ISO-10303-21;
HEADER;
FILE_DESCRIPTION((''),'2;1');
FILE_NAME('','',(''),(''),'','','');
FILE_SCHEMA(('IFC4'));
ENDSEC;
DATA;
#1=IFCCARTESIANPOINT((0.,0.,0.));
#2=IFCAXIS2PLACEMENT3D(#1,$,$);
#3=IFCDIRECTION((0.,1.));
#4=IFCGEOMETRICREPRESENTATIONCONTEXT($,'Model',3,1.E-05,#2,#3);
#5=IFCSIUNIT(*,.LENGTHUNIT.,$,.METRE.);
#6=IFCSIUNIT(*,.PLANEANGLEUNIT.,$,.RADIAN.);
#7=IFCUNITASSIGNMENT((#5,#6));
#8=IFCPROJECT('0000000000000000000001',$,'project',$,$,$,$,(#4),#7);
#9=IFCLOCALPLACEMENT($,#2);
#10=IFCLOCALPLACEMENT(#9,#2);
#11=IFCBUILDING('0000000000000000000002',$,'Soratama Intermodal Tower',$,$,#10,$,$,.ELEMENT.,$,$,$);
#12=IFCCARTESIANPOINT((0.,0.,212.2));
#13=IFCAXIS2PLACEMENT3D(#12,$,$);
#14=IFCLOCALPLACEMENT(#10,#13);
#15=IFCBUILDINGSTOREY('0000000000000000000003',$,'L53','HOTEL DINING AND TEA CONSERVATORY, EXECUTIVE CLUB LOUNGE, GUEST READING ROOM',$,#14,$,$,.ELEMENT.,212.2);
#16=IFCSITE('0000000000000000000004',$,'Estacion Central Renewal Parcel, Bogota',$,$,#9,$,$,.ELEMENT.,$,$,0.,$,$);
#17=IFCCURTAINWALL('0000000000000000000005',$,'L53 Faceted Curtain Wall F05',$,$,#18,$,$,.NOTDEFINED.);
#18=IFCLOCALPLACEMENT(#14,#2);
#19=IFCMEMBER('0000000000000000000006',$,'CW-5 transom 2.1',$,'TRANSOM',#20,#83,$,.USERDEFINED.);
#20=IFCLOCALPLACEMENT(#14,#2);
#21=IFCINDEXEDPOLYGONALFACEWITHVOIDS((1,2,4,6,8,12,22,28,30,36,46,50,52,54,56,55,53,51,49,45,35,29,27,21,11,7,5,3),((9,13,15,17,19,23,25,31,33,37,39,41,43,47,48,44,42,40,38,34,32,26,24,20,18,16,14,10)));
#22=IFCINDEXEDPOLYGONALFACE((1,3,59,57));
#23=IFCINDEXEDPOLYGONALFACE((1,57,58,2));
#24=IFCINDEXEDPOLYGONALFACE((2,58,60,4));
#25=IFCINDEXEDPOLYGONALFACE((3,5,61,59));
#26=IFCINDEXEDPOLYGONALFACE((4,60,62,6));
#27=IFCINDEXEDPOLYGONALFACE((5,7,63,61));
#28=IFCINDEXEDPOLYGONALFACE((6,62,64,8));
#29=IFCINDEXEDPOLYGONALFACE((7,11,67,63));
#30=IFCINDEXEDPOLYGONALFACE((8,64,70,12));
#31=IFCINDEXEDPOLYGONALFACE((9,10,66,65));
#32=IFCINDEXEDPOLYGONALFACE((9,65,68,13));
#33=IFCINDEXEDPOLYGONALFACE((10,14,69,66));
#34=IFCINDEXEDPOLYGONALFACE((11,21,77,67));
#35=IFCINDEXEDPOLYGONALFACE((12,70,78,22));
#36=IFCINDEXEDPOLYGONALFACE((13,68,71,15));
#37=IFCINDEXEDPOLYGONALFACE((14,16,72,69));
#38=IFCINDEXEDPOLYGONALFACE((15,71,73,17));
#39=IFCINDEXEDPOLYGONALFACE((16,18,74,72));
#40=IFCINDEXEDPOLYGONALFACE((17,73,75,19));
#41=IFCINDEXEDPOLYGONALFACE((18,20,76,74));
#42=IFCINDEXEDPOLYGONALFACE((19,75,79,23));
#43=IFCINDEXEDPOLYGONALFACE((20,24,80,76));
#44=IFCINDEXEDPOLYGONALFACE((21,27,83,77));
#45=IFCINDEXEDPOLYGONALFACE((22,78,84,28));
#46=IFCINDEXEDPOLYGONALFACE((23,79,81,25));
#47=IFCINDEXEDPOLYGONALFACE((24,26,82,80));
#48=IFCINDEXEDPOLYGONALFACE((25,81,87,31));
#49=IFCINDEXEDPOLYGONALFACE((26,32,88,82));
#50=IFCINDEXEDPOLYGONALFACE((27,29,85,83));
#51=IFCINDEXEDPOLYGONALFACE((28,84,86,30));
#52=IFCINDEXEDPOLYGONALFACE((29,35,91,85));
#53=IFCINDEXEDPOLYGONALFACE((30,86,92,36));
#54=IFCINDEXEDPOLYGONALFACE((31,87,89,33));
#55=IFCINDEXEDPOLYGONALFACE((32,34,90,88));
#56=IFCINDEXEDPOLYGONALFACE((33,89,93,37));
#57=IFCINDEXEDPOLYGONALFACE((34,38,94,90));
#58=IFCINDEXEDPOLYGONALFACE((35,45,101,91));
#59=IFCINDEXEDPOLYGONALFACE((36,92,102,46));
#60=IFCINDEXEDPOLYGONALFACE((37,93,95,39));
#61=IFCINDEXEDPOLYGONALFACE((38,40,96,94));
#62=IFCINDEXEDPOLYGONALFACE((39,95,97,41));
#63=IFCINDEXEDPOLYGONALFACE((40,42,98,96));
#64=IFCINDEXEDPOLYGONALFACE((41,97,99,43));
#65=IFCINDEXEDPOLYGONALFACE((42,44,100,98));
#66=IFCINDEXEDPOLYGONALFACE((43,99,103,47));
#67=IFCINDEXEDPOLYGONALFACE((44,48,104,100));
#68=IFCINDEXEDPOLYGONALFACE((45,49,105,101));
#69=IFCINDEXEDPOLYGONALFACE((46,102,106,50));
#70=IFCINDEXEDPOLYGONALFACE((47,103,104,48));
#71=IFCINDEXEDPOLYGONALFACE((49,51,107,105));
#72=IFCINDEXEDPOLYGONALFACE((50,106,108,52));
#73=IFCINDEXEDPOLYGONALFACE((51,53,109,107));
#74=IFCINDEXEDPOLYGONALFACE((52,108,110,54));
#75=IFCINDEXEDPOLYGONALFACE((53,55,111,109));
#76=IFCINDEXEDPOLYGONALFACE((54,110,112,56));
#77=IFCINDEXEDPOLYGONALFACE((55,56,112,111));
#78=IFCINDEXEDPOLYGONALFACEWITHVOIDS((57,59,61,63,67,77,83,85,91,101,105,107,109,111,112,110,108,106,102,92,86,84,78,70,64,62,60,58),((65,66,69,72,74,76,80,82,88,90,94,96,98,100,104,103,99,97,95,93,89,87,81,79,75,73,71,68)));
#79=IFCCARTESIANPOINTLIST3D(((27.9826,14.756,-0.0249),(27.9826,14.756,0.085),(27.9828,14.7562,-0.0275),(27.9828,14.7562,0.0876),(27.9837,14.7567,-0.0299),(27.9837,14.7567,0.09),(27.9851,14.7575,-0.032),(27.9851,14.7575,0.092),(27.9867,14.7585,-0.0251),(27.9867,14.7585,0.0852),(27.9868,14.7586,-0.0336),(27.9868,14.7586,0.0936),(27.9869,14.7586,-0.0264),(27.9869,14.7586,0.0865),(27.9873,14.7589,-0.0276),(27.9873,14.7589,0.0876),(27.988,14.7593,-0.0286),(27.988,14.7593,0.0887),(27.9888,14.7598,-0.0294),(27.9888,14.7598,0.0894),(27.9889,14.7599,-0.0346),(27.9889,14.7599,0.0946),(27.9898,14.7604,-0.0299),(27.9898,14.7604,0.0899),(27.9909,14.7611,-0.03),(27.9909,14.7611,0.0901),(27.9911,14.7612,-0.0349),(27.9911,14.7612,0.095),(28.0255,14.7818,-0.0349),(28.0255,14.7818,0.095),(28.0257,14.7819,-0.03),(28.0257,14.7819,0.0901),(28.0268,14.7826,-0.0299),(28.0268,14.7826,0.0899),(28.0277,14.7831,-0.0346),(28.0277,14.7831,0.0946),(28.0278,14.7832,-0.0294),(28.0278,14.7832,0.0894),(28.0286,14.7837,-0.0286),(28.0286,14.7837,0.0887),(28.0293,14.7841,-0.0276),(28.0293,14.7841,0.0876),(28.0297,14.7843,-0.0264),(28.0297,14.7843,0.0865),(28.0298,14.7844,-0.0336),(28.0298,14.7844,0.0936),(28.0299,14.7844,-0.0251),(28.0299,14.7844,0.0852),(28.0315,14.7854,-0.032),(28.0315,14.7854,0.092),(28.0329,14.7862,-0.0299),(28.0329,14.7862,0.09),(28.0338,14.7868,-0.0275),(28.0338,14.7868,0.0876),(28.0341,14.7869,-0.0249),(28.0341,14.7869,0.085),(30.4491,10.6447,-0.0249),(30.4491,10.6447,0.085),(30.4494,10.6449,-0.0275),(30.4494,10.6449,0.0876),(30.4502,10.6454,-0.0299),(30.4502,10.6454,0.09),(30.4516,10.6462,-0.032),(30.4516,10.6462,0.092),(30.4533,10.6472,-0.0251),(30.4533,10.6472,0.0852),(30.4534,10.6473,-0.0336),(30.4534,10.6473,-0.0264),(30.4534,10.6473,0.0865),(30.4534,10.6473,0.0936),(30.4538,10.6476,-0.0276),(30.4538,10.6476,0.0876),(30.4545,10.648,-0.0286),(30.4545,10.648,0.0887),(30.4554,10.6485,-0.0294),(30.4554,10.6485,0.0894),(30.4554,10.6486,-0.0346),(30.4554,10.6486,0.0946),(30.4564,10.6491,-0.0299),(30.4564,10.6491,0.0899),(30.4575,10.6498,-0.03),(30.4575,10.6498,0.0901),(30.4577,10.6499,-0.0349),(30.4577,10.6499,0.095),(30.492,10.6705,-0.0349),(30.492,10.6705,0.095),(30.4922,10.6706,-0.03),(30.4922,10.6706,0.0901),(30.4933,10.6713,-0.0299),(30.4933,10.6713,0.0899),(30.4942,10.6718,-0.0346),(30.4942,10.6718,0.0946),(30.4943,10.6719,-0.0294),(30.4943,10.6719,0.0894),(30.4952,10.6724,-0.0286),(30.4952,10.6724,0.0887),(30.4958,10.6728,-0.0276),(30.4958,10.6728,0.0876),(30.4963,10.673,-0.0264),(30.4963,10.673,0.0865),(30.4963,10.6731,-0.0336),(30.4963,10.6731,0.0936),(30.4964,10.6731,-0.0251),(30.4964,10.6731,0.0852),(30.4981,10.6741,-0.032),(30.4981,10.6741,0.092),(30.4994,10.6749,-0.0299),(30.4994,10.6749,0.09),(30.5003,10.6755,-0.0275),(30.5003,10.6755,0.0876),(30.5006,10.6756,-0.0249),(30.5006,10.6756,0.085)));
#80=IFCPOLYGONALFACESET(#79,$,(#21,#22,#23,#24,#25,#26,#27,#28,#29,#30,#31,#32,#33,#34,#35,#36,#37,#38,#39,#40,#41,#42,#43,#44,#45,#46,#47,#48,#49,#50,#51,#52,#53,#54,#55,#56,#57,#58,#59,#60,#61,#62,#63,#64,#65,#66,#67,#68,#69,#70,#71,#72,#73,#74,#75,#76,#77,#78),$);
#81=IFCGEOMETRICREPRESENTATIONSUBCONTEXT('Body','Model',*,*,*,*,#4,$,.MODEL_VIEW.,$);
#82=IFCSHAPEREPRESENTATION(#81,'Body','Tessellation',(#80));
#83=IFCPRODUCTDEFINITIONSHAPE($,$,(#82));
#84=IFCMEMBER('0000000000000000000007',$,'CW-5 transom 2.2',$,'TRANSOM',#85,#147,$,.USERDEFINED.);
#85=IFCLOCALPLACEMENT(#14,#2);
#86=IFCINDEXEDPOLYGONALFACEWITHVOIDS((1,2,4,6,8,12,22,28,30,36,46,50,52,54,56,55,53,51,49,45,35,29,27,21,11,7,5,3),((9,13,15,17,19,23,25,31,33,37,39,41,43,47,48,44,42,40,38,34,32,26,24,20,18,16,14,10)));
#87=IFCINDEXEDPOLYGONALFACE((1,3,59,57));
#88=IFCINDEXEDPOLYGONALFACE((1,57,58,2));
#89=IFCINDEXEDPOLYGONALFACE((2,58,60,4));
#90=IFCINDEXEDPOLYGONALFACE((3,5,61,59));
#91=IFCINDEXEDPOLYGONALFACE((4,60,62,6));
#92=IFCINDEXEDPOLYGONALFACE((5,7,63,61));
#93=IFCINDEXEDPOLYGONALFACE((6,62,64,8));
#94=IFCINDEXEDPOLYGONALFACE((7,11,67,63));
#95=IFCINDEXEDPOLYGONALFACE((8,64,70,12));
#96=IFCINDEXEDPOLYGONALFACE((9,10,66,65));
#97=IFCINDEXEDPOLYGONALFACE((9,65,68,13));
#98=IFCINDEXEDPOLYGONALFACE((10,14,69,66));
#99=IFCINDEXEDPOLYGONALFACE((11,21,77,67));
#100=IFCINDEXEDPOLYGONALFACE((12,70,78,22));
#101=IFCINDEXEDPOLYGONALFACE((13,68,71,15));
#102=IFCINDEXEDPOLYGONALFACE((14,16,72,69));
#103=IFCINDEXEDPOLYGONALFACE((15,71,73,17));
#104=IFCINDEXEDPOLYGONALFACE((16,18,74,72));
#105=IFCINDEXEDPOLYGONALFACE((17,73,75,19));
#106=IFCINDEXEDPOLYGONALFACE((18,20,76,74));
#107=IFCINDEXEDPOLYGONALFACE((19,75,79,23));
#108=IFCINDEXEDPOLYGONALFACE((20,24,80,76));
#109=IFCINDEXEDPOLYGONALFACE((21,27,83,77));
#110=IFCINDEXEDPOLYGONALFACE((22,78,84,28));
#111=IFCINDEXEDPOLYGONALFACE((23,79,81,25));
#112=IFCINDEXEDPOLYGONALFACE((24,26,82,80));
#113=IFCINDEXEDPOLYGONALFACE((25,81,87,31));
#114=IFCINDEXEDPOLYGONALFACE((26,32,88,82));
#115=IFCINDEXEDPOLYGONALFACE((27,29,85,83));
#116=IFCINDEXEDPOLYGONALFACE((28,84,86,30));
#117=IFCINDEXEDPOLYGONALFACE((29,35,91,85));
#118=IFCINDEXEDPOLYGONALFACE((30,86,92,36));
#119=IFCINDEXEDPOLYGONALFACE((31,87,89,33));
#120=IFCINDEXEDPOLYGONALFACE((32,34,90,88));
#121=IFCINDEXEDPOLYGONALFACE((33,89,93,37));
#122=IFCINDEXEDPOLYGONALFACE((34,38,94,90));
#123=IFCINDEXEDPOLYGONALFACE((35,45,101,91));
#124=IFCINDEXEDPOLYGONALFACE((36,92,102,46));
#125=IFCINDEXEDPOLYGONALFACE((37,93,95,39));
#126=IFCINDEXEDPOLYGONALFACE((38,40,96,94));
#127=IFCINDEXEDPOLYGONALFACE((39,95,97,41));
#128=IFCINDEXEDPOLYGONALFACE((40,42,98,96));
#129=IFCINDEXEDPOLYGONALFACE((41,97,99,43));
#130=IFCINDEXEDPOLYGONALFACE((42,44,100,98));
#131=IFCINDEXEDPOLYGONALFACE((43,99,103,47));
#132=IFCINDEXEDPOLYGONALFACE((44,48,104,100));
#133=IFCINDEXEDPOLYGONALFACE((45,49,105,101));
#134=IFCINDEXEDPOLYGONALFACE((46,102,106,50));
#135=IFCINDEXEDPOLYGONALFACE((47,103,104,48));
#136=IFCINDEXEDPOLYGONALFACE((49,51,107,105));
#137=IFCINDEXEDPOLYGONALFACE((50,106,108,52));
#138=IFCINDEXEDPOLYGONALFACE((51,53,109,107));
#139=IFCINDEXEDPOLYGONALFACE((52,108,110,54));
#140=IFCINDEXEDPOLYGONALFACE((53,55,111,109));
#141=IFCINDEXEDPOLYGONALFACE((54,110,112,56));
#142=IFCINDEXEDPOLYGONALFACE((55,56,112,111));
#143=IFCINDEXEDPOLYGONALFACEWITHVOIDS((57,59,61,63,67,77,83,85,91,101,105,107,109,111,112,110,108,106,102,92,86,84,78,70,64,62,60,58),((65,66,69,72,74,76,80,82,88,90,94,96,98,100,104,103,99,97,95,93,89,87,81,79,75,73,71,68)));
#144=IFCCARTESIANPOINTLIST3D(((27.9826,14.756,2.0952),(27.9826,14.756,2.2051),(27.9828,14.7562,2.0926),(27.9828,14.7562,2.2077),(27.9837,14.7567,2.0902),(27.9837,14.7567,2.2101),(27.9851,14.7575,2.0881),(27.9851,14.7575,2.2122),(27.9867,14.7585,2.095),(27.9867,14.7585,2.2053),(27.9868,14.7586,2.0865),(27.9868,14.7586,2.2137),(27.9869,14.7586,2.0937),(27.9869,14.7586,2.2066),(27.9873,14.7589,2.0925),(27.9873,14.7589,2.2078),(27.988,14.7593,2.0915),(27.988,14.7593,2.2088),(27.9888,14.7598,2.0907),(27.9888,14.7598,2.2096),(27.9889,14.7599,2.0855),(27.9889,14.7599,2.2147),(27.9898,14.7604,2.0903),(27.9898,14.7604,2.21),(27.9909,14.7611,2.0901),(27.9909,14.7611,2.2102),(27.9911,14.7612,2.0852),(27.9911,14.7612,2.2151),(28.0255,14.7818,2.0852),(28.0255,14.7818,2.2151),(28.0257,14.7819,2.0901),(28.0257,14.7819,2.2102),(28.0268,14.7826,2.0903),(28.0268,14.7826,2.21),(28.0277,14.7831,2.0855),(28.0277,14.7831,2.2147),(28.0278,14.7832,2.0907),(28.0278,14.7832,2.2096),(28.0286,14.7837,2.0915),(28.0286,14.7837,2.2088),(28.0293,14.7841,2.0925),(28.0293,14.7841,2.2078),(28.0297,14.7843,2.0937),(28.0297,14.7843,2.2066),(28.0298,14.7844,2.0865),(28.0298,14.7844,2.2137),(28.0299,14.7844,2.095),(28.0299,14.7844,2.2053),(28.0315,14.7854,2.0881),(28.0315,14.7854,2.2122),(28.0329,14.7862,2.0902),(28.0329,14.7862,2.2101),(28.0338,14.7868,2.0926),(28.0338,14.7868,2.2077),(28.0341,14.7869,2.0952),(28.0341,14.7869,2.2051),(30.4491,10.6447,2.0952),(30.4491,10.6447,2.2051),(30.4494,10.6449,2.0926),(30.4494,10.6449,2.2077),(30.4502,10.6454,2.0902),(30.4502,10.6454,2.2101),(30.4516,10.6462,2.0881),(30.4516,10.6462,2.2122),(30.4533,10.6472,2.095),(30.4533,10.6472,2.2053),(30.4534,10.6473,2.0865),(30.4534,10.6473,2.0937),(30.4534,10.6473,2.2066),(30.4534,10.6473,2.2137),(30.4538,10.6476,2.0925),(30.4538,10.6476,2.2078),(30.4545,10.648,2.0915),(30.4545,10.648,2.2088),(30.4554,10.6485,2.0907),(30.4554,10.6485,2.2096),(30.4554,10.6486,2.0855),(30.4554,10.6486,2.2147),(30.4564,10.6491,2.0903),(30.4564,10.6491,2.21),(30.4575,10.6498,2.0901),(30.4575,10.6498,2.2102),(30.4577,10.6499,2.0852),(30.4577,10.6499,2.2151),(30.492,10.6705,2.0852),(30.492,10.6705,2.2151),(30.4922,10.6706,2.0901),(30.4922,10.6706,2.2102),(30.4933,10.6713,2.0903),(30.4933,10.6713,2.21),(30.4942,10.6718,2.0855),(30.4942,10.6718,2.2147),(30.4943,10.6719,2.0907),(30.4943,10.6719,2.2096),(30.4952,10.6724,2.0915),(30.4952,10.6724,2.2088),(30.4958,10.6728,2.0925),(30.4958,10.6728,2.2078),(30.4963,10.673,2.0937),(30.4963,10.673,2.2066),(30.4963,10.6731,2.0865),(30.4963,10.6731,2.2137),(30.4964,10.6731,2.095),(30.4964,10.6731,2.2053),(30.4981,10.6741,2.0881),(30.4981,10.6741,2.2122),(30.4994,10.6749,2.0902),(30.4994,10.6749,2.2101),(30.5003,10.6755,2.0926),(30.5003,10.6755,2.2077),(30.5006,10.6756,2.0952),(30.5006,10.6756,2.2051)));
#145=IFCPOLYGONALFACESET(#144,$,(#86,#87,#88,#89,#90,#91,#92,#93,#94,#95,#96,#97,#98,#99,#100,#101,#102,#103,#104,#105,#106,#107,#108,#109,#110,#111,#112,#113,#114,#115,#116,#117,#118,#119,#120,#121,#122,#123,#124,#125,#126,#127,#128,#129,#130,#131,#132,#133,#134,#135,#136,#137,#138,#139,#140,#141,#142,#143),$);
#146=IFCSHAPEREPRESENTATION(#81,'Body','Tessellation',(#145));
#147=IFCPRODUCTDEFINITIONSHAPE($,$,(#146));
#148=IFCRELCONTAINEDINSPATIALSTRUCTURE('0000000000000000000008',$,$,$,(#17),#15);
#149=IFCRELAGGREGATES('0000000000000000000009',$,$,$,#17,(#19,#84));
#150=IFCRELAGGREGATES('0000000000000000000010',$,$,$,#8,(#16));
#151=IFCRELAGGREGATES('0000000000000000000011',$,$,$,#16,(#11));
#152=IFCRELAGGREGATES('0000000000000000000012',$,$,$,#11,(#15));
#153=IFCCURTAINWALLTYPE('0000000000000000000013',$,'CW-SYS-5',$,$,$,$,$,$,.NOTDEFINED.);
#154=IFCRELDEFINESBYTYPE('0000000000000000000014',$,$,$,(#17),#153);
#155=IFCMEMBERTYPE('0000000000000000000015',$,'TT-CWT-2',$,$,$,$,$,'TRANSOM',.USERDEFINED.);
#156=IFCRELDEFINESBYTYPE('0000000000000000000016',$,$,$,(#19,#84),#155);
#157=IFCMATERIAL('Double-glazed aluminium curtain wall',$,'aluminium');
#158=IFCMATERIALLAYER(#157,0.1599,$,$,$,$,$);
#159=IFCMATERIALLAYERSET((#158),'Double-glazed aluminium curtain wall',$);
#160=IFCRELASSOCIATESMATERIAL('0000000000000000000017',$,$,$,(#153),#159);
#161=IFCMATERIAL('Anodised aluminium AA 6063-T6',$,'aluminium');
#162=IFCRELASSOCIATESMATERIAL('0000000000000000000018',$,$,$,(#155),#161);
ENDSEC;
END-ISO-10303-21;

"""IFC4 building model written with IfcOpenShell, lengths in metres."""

from ifc_helpers import new_model, si_unit, direction, frame, origin, origin_2d, place, context, subcontext, project, spatial, hollow_rectangle, extrude, material, layer, layer_set, material_profile, profile_set, type_object, element, aggregate, save


model = new_model("IFC4")

# Units and contexts
model_context = context("Model", 3, precision=1e-05, world=origin(), true_north=direction((0.0, 1.0)))
body_context = subcontext(model_context, "Body", "Model", "MODEL_VIEW")
ifc_project = project(units=[si_unit("LENGTHUNIT", "METRE"), si_unit("PLANEANGLEUNIT", "RADIAN")], contexts=[model_context])

# Site, building, storey
site_placement = place(None, origin())
site = spatial("IfcSite", under=ifc_project, at=site_placement, Name="Estacion Central Renewal Parcel, Bogota", CompositionType="ELEMENT", RefElevation=0.0)
building_placement = place(site_placement, origin())
building = spatial("IfcBuilding", under=site, at=building_placement, Name="Soratama Intermodal Tower", CompositionType="ELEMENT")
storey_placement = place(building_placement, frame((0.0, 0.0, 212.2)))
storey = spatial("IfcBuildingStorey", under=building, at=storey_placement, Name="L53", Description="HOTEL DINING AND TEA CONSERVATORY, EXECUTIVE CLUB LOUNGE, GUEST READING ROOM", CompositionType="ELEMENT", Elevation=212.2)

# Curtain wall, members
ifc_material_1 = material(Name="Double-glazed aluminium curtain wall", Category="aluminium")
ifc_layer_1 = layer(ifc_material_1, 0.1599)
ifc_layer_set_1 = layer_set([ifc_layer_1], Name="Double-glazed aluminium curtain wall")
curtain_wall_type = type_object("IfcCurtainWallType", Name="CW-SYS-5", PredefinedType="NOTDEFINED", material=ifc_layer_set_1)
curtain_wall_placement = place(storey_placement, origin())
curtain_wall = element("IfcCurtainWall", 1, at=curtain_wall_placement, inside=storey, type_object=curtain_wall_type, Name="L53 Faceted Curtain Wall F05", PredefinedType="NOTDEFINED")
ifc_material_2 = material(Name="Anodised aluminium AA 6063-T6", Category="aluminium")
ifc_material_profile_1 = material_profile(ifc_material_2, hollow_rectangle(XDim=0.0601, YDim=0.1299, WallThickness=0.0049, InnerFilletRadius=0.0049, OuterFilletRadius=0.01, at=origin_2d()), Name="CWT130X60X5")
ifc_profile_set_1 = profile_set([ifc_material_profile_1], Name="Anodised aluminium AA 6063-T6")
member_type_1 = type_object("IfcMemberType", Name="TT-CWT-2", ElementType="TRANSOM", PredefinedType="USERDEFINED", material=ifc_profile_set_1)
member_1_placement = place(storey_placement, frame((28.0083, 14.7715, 0.03), z_axis=(0.514458, -0.857515, 0.0), x_axis=(0.857515, 0.514458, 0.0)))
member_1 = element("IfcMember", 2, at=member_1_placement, type_object=member_type_1, Name="CW-5 transom 2.1", ObjectType="TRANSOM", PredefinedType="USERDEFINED", context=body_context, shape_type="SweptSolid", body=[
    extrude(hollow_rectangle(XDim=0.0601, YDim=0.1299, WallThickness=0.0049, InnerFilletRadius=0.0049, OuterFilletRadius=0.01, at=origin_2d()), origin(), (0.0, 0.0, 1.0), 4.7944),
])
member_2_placement = place(storey_placement, frame((28.0083, 14.7715, 2.1501), z_axis=(0.514458, -0.857515, 0.0), x_axis=(0.857515, 0.514458, 0.0)))
member_2 = element("IfcMember", 3, at=member_2_placement, type_object=member_type_1, Name="CW-5 transom 2.2", ObjectType="TRANSOM", PredefinedType="USERDEFINED", context=body_context, shape_type="SweptSolid", body=[
    extrude(hollow_rectangle(XDim=0.0601, YDim=0.1299, WallThickness=0.0049, InnerFilletRadius=0.0049, OuterFilletRadius=0.01, at=origin_2d()), origin(), (0.0, 0.0, 1.0), 4.7944),
])
aggregate(curtain_wall, [member_1, member_2])

save(model, "model.ifc")
